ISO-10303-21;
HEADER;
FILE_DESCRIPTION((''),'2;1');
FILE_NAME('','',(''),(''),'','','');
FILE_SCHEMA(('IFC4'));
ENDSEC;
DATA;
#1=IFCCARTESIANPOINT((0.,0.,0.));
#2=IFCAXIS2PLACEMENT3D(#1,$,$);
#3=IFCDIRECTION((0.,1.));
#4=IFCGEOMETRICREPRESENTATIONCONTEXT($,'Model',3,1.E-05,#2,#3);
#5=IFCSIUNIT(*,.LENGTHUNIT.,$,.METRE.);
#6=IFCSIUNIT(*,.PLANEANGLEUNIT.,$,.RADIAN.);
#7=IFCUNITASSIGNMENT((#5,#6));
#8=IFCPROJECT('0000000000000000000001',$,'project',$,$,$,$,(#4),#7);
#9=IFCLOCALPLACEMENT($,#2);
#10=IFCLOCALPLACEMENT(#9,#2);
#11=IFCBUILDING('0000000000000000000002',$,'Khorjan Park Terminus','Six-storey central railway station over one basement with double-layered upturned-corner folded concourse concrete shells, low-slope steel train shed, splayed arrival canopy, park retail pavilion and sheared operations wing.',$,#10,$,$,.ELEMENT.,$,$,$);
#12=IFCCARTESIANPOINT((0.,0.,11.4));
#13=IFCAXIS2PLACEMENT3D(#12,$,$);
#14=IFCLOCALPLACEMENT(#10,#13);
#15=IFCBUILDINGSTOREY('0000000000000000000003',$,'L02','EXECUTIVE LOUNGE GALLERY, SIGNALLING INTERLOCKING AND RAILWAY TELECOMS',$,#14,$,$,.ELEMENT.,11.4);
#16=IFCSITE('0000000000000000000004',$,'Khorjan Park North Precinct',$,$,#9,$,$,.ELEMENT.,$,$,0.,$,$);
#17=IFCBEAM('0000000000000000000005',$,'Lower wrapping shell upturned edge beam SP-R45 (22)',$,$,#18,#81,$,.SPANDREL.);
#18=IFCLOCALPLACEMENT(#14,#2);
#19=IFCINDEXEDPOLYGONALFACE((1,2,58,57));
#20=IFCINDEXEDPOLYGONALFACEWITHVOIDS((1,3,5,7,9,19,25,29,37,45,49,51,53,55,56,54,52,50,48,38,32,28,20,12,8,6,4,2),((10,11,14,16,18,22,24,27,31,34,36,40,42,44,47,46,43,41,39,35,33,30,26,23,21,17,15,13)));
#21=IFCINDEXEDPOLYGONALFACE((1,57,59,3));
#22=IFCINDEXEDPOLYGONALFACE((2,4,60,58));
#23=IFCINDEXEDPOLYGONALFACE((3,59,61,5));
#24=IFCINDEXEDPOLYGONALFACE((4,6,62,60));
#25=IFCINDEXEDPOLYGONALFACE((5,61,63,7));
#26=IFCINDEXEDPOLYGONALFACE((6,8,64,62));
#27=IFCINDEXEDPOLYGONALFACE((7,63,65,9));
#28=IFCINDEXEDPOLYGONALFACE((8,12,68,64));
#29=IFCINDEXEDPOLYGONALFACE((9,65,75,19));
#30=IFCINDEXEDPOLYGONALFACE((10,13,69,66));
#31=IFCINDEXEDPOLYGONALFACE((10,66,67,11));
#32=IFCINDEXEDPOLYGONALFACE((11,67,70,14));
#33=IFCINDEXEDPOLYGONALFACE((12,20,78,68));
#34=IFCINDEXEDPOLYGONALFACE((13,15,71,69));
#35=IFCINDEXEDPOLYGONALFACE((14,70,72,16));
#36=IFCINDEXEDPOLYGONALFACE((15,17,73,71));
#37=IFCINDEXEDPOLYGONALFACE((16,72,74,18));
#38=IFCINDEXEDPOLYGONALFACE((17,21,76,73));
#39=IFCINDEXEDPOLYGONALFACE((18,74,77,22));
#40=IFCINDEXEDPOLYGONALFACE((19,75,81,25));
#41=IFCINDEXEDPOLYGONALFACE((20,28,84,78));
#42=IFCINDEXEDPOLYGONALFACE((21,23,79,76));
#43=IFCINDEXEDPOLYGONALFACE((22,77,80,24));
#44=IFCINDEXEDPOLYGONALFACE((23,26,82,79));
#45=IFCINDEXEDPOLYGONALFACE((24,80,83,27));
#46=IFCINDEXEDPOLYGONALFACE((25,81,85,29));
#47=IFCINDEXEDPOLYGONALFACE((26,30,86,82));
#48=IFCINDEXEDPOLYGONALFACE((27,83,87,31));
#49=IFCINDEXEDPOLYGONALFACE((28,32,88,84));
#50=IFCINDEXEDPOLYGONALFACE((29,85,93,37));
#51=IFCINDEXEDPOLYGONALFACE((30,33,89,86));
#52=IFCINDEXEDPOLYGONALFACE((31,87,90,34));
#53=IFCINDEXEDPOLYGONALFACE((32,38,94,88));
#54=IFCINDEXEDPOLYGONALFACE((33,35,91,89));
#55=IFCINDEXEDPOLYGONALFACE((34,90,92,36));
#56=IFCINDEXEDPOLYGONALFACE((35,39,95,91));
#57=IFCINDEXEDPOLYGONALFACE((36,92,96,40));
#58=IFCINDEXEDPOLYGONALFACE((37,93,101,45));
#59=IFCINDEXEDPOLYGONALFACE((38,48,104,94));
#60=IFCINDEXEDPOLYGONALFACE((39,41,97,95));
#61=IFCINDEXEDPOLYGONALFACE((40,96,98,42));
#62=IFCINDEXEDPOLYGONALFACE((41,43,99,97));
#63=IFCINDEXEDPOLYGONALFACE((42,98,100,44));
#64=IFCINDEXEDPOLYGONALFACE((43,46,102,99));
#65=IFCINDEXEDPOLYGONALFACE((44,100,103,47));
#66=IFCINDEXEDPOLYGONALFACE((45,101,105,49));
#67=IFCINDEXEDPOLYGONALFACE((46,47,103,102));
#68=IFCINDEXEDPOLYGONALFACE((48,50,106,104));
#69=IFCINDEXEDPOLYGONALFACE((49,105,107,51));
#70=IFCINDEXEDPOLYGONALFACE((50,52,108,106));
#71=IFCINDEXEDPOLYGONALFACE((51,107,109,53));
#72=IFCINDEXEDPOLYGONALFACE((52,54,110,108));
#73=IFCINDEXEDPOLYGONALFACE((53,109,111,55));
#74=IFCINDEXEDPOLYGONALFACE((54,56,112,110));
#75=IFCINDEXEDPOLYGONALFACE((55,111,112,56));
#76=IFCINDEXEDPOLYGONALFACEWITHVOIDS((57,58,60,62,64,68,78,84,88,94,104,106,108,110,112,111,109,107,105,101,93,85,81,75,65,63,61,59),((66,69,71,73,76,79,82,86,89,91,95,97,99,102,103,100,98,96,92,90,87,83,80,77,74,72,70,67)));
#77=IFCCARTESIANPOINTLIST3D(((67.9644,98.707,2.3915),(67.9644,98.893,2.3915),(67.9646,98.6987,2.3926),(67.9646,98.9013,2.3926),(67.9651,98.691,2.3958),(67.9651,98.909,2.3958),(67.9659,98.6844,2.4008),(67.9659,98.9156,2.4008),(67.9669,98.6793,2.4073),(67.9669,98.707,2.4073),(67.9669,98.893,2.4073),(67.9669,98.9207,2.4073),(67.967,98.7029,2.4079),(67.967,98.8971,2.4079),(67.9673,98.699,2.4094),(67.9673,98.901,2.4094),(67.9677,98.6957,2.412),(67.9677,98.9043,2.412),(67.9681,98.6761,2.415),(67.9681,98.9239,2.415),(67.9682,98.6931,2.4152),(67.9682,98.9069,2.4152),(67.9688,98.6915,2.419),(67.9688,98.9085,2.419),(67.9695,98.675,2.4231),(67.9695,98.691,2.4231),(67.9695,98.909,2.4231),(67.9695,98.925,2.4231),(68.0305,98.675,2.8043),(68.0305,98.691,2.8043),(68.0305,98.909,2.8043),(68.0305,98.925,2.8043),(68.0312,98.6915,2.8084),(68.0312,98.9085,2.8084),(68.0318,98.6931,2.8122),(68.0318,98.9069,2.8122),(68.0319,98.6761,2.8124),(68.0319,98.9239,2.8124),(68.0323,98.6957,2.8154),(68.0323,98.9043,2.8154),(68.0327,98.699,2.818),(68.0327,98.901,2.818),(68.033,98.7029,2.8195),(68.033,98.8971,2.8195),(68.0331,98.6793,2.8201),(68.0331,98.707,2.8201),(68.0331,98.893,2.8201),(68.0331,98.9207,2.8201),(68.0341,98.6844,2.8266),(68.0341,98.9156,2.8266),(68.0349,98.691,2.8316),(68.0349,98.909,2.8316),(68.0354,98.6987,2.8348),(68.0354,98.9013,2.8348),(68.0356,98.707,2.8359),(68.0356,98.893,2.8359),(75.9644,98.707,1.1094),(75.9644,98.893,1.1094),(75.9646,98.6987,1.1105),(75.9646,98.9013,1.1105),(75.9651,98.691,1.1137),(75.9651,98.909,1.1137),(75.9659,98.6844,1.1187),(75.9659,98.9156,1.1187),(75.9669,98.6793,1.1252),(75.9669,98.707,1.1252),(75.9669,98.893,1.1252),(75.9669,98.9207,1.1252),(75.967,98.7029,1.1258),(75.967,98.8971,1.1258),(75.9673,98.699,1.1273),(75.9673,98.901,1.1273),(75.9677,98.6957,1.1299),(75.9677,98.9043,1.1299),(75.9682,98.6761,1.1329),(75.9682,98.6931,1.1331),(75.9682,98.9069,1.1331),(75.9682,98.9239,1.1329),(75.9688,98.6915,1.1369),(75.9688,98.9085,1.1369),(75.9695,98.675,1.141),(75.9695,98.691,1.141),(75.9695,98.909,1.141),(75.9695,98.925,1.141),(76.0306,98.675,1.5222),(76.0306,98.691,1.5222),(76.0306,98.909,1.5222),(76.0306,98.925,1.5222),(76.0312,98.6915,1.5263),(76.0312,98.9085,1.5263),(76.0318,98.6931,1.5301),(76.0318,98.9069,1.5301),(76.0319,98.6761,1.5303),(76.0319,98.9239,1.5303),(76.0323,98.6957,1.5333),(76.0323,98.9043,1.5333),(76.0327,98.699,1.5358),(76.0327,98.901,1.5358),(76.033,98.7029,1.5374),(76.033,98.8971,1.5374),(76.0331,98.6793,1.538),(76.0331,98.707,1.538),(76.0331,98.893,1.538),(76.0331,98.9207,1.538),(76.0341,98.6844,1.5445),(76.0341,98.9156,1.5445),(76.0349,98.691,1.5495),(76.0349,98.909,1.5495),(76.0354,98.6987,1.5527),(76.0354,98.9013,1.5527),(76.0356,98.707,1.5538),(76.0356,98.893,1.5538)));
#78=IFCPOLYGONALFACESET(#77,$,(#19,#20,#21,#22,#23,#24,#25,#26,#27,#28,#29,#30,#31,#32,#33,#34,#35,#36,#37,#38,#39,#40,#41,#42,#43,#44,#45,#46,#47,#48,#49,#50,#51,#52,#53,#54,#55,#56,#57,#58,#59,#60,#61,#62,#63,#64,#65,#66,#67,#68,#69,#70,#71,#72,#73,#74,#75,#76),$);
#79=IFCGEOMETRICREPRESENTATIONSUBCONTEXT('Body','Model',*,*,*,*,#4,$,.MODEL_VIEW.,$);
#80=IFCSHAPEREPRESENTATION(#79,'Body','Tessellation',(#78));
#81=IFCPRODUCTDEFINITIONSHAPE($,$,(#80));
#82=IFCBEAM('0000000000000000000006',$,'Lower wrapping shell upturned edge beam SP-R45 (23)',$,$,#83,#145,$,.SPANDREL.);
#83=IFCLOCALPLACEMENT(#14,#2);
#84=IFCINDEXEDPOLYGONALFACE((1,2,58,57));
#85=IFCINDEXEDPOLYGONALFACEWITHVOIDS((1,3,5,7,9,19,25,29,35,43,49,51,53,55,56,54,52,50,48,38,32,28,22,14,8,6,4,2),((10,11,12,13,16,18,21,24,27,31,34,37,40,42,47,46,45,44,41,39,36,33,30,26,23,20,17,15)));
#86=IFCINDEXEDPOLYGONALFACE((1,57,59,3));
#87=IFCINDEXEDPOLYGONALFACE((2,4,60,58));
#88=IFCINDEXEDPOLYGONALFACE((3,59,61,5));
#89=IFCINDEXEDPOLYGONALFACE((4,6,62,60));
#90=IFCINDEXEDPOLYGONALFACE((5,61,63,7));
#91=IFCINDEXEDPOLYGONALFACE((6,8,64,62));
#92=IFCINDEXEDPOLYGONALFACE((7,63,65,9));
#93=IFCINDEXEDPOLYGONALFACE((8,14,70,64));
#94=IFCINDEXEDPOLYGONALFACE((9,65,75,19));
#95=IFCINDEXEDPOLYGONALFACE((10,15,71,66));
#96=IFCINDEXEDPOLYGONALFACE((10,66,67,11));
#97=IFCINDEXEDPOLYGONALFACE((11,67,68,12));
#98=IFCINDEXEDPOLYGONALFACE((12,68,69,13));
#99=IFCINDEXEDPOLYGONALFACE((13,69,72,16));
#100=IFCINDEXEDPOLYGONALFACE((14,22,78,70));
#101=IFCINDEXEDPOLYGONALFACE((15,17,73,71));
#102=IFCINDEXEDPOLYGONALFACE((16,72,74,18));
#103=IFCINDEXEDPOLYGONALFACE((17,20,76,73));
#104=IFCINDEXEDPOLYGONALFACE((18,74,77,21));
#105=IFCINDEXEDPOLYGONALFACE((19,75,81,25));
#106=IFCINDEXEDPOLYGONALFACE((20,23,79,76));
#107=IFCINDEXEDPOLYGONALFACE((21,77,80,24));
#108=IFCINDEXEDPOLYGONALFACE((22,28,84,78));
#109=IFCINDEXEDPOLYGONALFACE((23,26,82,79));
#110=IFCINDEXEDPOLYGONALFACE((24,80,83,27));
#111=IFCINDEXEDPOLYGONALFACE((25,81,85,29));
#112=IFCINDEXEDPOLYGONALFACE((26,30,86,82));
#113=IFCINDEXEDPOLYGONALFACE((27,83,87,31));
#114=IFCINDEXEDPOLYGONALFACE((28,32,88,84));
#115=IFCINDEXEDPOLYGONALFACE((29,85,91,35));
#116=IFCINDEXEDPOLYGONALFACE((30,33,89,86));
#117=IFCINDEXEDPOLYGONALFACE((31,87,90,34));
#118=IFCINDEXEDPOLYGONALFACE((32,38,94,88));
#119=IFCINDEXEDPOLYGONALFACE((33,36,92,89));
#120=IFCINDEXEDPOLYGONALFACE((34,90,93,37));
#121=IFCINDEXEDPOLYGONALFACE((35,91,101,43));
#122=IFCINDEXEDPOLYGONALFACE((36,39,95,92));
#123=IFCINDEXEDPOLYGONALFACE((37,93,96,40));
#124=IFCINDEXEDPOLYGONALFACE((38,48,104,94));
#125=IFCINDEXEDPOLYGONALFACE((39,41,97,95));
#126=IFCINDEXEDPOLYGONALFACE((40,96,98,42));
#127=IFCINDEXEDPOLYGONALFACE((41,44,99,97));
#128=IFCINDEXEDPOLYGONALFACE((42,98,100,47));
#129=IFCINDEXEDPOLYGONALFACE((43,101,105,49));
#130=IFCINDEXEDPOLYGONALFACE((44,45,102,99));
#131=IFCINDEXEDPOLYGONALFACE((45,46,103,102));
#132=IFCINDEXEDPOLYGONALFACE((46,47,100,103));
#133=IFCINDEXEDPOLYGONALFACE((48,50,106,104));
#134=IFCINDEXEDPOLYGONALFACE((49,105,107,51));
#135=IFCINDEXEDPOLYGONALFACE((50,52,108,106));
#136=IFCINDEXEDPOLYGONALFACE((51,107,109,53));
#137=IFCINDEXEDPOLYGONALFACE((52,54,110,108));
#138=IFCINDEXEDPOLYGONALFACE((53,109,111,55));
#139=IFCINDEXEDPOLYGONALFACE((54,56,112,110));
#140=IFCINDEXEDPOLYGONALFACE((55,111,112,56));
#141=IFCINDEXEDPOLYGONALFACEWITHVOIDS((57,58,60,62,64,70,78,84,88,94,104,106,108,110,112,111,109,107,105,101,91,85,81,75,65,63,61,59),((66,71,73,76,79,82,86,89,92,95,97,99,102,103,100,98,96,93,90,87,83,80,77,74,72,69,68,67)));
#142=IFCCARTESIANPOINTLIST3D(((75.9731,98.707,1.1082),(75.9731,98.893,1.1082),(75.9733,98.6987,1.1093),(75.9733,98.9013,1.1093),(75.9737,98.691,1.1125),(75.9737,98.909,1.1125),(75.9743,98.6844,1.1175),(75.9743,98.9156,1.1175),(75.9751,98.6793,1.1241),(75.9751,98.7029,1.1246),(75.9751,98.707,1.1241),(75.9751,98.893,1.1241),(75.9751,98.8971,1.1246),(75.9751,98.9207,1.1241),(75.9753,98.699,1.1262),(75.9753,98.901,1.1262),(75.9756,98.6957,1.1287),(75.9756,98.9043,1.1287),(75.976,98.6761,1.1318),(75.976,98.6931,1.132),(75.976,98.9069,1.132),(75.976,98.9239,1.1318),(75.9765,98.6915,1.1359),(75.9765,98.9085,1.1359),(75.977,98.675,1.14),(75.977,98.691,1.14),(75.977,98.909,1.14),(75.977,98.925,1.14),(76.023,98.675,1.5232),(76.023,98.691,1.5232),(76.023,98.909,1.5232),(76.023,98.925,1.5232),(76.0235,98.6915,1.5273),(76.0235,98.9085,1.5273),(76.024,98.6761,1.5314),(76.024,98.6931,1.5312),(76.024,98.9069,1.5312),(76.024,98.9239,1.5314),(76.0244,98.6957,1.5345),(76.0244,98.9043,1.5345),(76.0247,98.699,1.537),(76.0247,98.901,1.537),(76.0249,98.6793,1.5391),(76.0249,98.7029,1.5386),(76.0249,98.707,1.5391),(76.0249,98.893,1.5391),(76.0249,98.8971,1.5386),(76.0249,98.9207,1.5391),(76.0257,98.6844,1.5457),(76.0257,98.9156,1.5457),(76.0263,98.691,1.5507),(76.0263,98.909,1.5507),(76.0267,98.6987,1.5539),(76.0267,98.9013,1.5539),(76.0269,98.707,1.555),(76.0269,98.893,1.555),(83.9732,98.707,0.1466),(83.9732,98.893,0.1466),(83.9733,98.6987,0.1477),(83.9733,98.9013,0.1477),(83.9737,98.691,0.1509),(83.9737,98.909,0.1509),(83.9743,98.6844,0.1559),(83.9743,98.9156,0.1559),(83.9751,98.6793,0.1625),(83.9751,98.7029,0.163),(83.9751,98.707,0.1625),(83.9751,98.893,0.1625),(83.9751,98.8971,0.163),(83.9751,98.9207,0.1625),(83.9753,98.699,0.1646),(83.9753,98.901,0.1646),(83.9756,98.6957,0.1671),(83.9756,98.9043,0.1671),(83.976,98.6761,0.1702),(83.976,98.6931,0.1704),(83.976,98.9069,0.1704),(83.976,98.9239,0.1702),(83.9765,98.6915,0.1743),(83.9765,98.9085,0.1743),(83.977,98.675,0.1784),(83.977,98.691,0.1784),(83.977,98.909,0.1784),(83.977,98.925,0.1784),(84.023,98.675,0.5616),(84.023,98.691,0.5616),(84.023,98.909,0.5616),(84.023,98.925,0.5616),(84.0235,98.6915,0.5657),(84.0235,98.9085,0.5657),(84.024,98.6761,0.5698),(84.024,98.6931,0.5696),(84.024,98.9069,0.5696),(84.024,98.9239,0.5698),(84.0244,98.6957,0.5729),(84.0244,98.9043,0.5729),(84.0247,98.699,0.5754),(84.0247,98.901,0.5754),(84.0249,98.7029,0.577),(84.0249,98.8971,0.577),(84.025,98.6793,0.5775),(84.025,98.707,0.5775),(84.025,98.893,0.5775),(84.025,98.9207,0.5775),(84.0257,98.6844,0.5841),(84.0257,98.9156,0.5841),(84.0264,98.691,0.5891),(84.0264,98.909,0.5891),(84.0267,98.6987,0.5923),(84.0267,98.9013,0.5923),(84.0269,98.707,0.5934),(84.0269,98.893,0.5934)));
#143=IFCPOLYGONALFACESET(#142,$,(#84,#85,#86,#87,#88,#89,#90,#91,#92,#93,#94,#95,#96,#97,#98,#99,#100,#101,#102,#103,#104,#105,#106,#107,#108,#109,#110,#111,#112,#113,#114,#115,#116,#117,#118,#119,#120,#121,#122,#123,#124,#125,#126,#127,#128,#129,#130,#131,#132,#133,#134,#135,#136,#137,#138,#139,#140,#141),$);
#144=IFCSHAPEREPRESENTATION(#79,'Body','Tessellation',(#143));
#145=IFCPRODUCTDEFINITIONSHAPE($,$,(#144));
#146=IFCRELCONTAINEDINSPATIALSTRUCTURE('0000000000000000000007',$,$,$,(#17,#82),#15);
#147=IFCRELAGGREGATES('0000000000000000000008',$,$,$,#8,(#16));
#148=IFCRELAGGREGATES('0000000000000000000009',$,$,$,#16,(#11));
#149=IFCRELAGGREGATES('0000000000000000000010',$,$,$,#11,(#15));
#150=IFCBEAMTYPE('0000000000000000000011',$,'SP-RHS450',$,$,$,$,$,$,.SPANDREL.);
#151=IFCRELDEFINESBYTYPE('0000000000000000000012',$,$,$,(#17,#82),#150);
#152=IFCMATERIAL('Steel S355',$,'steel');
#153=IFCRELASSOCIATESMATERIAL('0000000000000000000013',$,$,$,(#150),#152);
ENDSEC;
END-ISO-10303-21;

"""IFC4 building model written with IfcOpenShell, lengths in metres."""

from ifc_helpers import new_model, si_unit, direction, frame, origin, origin_2d, place, context, subcontext, project, spatial, hollow_rectangle, extrude, material, material_profile, profile_set, type_object, element, save


model = new_model("IFC4")

# Units and contexts
model_context = context("Model", 3, precision=1e-05, world=origin(), true_north=direction((0.0, 1.0)))
body_context = subcontext(model_context, "Body", "Model", "MODEL_VIEW")
ifc_project = project(units=[si_unit("LENGTHUNIT", "METRE"), si_unit("PLANEANGLEUNIT", "RADIAN")], contexts=[model_context])

# Site, building, storey
site_placement = place(None, origin())
site = spatial("IfcSite", under=ifc_project, at=site_placement, Name="Khorjan Park North Precinct", CompositionType="ELEMENT", RefElevation=0.0)
building_placement = place(site_placement, origin())
building = spatial("IfcBuilding", under=site, at=building_placement, Name="Khorjan Park Terminus", Description="Six-storey central railway station over one basement with double-layered upturned-corner folded concourse concrete shells, low-slope steel train shed, splayed arrival canopy, park retail pavilion and sheared operations wing.", CompositionType="ELEMENT")
storey_placement = place(building_placement, frame((0.0, 0.0, 11.4)))
storey = spatial("IfcBuildingStorey", under=building, at=storey_placement, Name="L02", Description="EXECUTIVE LOUNGE GALLERY, SIGNALLING INTERLOCKING AND RAILWAY TELECOMS", CompositionType="ELEMENT", Elevation=11.4)

# Shared definitions
ifc_material = material(Name="Steel S355", Category="steel")

# Beams
ifc_material_profile_1 = material_profile(ifc_material, hollow_rectangle(XDim=0.25, YDim=0.45, WallThickness=0.016, InnerFilletRadius=0.016, OuterFilletRadius=0.032, at=origin_2d()), Name="RHS 450x250x16")
ifc_profile_set_1 = profile_set([ifc_material_profile_1], Name="Steel S355")
beam_type = type_object("IfcBeamType", Name="SP-RHS450", PredefinedType="SPANDREL", material=ifc_profile_set_1)
for number, where, z_axis, x_axis, name in (
    (1, (68.0, 98.8, 2.6137), (0.9874, 0.0, -0.158243), (0.0, 1.0, 0.0), "Lower wrapping shell upturned edge beam SP-R45 (22)"),
):
    element("IfcBeam", number, at=place(storey_placement, frame(where, z_axis=z_axis, x_axis=x_axis)), inside=storey, type_object=beam_type, Name=name, PredefinedType="SPANDREL", context=body_context, shape_type="SweptSolid", body=[
        extrude(hollow_rectangle(XDim=0.25, YDim=0.45, WallThickness=0.016, InnerFilletRadius=0.016, OuterFilletRadius=0.032, at=origin_2d()), origin(), (0.0, 0.0, 1.0), 8.1021),
    ])
beam_1_placement = place(storey_placement, frame((76.0, 98.8, 1.3316), z_axis=(0.992853, 0.0, -0.119341), x_axis=(0.0, 1.0, 0.0)))
element("IfcBeam", 2, at=beam_1_placement, inside=storey, type_object=beam_type, Name="Lower wrapping shell upturned edge beam SP-R45 (23)", PredefinedType="SPANDREL", context=body_context, shape_type="SweptSolid", body=[
    extrude(hollow_rectangle(XDim=0.25, YDim=0.45, WallThickness=0.016, InnerFilletRadius=0.016, OuterFilletRadius=0.032, at=origin_2d()), origin(), (0.0, 0.0, 1.0), 8.0576),
])

save(model, "model.ifc")
